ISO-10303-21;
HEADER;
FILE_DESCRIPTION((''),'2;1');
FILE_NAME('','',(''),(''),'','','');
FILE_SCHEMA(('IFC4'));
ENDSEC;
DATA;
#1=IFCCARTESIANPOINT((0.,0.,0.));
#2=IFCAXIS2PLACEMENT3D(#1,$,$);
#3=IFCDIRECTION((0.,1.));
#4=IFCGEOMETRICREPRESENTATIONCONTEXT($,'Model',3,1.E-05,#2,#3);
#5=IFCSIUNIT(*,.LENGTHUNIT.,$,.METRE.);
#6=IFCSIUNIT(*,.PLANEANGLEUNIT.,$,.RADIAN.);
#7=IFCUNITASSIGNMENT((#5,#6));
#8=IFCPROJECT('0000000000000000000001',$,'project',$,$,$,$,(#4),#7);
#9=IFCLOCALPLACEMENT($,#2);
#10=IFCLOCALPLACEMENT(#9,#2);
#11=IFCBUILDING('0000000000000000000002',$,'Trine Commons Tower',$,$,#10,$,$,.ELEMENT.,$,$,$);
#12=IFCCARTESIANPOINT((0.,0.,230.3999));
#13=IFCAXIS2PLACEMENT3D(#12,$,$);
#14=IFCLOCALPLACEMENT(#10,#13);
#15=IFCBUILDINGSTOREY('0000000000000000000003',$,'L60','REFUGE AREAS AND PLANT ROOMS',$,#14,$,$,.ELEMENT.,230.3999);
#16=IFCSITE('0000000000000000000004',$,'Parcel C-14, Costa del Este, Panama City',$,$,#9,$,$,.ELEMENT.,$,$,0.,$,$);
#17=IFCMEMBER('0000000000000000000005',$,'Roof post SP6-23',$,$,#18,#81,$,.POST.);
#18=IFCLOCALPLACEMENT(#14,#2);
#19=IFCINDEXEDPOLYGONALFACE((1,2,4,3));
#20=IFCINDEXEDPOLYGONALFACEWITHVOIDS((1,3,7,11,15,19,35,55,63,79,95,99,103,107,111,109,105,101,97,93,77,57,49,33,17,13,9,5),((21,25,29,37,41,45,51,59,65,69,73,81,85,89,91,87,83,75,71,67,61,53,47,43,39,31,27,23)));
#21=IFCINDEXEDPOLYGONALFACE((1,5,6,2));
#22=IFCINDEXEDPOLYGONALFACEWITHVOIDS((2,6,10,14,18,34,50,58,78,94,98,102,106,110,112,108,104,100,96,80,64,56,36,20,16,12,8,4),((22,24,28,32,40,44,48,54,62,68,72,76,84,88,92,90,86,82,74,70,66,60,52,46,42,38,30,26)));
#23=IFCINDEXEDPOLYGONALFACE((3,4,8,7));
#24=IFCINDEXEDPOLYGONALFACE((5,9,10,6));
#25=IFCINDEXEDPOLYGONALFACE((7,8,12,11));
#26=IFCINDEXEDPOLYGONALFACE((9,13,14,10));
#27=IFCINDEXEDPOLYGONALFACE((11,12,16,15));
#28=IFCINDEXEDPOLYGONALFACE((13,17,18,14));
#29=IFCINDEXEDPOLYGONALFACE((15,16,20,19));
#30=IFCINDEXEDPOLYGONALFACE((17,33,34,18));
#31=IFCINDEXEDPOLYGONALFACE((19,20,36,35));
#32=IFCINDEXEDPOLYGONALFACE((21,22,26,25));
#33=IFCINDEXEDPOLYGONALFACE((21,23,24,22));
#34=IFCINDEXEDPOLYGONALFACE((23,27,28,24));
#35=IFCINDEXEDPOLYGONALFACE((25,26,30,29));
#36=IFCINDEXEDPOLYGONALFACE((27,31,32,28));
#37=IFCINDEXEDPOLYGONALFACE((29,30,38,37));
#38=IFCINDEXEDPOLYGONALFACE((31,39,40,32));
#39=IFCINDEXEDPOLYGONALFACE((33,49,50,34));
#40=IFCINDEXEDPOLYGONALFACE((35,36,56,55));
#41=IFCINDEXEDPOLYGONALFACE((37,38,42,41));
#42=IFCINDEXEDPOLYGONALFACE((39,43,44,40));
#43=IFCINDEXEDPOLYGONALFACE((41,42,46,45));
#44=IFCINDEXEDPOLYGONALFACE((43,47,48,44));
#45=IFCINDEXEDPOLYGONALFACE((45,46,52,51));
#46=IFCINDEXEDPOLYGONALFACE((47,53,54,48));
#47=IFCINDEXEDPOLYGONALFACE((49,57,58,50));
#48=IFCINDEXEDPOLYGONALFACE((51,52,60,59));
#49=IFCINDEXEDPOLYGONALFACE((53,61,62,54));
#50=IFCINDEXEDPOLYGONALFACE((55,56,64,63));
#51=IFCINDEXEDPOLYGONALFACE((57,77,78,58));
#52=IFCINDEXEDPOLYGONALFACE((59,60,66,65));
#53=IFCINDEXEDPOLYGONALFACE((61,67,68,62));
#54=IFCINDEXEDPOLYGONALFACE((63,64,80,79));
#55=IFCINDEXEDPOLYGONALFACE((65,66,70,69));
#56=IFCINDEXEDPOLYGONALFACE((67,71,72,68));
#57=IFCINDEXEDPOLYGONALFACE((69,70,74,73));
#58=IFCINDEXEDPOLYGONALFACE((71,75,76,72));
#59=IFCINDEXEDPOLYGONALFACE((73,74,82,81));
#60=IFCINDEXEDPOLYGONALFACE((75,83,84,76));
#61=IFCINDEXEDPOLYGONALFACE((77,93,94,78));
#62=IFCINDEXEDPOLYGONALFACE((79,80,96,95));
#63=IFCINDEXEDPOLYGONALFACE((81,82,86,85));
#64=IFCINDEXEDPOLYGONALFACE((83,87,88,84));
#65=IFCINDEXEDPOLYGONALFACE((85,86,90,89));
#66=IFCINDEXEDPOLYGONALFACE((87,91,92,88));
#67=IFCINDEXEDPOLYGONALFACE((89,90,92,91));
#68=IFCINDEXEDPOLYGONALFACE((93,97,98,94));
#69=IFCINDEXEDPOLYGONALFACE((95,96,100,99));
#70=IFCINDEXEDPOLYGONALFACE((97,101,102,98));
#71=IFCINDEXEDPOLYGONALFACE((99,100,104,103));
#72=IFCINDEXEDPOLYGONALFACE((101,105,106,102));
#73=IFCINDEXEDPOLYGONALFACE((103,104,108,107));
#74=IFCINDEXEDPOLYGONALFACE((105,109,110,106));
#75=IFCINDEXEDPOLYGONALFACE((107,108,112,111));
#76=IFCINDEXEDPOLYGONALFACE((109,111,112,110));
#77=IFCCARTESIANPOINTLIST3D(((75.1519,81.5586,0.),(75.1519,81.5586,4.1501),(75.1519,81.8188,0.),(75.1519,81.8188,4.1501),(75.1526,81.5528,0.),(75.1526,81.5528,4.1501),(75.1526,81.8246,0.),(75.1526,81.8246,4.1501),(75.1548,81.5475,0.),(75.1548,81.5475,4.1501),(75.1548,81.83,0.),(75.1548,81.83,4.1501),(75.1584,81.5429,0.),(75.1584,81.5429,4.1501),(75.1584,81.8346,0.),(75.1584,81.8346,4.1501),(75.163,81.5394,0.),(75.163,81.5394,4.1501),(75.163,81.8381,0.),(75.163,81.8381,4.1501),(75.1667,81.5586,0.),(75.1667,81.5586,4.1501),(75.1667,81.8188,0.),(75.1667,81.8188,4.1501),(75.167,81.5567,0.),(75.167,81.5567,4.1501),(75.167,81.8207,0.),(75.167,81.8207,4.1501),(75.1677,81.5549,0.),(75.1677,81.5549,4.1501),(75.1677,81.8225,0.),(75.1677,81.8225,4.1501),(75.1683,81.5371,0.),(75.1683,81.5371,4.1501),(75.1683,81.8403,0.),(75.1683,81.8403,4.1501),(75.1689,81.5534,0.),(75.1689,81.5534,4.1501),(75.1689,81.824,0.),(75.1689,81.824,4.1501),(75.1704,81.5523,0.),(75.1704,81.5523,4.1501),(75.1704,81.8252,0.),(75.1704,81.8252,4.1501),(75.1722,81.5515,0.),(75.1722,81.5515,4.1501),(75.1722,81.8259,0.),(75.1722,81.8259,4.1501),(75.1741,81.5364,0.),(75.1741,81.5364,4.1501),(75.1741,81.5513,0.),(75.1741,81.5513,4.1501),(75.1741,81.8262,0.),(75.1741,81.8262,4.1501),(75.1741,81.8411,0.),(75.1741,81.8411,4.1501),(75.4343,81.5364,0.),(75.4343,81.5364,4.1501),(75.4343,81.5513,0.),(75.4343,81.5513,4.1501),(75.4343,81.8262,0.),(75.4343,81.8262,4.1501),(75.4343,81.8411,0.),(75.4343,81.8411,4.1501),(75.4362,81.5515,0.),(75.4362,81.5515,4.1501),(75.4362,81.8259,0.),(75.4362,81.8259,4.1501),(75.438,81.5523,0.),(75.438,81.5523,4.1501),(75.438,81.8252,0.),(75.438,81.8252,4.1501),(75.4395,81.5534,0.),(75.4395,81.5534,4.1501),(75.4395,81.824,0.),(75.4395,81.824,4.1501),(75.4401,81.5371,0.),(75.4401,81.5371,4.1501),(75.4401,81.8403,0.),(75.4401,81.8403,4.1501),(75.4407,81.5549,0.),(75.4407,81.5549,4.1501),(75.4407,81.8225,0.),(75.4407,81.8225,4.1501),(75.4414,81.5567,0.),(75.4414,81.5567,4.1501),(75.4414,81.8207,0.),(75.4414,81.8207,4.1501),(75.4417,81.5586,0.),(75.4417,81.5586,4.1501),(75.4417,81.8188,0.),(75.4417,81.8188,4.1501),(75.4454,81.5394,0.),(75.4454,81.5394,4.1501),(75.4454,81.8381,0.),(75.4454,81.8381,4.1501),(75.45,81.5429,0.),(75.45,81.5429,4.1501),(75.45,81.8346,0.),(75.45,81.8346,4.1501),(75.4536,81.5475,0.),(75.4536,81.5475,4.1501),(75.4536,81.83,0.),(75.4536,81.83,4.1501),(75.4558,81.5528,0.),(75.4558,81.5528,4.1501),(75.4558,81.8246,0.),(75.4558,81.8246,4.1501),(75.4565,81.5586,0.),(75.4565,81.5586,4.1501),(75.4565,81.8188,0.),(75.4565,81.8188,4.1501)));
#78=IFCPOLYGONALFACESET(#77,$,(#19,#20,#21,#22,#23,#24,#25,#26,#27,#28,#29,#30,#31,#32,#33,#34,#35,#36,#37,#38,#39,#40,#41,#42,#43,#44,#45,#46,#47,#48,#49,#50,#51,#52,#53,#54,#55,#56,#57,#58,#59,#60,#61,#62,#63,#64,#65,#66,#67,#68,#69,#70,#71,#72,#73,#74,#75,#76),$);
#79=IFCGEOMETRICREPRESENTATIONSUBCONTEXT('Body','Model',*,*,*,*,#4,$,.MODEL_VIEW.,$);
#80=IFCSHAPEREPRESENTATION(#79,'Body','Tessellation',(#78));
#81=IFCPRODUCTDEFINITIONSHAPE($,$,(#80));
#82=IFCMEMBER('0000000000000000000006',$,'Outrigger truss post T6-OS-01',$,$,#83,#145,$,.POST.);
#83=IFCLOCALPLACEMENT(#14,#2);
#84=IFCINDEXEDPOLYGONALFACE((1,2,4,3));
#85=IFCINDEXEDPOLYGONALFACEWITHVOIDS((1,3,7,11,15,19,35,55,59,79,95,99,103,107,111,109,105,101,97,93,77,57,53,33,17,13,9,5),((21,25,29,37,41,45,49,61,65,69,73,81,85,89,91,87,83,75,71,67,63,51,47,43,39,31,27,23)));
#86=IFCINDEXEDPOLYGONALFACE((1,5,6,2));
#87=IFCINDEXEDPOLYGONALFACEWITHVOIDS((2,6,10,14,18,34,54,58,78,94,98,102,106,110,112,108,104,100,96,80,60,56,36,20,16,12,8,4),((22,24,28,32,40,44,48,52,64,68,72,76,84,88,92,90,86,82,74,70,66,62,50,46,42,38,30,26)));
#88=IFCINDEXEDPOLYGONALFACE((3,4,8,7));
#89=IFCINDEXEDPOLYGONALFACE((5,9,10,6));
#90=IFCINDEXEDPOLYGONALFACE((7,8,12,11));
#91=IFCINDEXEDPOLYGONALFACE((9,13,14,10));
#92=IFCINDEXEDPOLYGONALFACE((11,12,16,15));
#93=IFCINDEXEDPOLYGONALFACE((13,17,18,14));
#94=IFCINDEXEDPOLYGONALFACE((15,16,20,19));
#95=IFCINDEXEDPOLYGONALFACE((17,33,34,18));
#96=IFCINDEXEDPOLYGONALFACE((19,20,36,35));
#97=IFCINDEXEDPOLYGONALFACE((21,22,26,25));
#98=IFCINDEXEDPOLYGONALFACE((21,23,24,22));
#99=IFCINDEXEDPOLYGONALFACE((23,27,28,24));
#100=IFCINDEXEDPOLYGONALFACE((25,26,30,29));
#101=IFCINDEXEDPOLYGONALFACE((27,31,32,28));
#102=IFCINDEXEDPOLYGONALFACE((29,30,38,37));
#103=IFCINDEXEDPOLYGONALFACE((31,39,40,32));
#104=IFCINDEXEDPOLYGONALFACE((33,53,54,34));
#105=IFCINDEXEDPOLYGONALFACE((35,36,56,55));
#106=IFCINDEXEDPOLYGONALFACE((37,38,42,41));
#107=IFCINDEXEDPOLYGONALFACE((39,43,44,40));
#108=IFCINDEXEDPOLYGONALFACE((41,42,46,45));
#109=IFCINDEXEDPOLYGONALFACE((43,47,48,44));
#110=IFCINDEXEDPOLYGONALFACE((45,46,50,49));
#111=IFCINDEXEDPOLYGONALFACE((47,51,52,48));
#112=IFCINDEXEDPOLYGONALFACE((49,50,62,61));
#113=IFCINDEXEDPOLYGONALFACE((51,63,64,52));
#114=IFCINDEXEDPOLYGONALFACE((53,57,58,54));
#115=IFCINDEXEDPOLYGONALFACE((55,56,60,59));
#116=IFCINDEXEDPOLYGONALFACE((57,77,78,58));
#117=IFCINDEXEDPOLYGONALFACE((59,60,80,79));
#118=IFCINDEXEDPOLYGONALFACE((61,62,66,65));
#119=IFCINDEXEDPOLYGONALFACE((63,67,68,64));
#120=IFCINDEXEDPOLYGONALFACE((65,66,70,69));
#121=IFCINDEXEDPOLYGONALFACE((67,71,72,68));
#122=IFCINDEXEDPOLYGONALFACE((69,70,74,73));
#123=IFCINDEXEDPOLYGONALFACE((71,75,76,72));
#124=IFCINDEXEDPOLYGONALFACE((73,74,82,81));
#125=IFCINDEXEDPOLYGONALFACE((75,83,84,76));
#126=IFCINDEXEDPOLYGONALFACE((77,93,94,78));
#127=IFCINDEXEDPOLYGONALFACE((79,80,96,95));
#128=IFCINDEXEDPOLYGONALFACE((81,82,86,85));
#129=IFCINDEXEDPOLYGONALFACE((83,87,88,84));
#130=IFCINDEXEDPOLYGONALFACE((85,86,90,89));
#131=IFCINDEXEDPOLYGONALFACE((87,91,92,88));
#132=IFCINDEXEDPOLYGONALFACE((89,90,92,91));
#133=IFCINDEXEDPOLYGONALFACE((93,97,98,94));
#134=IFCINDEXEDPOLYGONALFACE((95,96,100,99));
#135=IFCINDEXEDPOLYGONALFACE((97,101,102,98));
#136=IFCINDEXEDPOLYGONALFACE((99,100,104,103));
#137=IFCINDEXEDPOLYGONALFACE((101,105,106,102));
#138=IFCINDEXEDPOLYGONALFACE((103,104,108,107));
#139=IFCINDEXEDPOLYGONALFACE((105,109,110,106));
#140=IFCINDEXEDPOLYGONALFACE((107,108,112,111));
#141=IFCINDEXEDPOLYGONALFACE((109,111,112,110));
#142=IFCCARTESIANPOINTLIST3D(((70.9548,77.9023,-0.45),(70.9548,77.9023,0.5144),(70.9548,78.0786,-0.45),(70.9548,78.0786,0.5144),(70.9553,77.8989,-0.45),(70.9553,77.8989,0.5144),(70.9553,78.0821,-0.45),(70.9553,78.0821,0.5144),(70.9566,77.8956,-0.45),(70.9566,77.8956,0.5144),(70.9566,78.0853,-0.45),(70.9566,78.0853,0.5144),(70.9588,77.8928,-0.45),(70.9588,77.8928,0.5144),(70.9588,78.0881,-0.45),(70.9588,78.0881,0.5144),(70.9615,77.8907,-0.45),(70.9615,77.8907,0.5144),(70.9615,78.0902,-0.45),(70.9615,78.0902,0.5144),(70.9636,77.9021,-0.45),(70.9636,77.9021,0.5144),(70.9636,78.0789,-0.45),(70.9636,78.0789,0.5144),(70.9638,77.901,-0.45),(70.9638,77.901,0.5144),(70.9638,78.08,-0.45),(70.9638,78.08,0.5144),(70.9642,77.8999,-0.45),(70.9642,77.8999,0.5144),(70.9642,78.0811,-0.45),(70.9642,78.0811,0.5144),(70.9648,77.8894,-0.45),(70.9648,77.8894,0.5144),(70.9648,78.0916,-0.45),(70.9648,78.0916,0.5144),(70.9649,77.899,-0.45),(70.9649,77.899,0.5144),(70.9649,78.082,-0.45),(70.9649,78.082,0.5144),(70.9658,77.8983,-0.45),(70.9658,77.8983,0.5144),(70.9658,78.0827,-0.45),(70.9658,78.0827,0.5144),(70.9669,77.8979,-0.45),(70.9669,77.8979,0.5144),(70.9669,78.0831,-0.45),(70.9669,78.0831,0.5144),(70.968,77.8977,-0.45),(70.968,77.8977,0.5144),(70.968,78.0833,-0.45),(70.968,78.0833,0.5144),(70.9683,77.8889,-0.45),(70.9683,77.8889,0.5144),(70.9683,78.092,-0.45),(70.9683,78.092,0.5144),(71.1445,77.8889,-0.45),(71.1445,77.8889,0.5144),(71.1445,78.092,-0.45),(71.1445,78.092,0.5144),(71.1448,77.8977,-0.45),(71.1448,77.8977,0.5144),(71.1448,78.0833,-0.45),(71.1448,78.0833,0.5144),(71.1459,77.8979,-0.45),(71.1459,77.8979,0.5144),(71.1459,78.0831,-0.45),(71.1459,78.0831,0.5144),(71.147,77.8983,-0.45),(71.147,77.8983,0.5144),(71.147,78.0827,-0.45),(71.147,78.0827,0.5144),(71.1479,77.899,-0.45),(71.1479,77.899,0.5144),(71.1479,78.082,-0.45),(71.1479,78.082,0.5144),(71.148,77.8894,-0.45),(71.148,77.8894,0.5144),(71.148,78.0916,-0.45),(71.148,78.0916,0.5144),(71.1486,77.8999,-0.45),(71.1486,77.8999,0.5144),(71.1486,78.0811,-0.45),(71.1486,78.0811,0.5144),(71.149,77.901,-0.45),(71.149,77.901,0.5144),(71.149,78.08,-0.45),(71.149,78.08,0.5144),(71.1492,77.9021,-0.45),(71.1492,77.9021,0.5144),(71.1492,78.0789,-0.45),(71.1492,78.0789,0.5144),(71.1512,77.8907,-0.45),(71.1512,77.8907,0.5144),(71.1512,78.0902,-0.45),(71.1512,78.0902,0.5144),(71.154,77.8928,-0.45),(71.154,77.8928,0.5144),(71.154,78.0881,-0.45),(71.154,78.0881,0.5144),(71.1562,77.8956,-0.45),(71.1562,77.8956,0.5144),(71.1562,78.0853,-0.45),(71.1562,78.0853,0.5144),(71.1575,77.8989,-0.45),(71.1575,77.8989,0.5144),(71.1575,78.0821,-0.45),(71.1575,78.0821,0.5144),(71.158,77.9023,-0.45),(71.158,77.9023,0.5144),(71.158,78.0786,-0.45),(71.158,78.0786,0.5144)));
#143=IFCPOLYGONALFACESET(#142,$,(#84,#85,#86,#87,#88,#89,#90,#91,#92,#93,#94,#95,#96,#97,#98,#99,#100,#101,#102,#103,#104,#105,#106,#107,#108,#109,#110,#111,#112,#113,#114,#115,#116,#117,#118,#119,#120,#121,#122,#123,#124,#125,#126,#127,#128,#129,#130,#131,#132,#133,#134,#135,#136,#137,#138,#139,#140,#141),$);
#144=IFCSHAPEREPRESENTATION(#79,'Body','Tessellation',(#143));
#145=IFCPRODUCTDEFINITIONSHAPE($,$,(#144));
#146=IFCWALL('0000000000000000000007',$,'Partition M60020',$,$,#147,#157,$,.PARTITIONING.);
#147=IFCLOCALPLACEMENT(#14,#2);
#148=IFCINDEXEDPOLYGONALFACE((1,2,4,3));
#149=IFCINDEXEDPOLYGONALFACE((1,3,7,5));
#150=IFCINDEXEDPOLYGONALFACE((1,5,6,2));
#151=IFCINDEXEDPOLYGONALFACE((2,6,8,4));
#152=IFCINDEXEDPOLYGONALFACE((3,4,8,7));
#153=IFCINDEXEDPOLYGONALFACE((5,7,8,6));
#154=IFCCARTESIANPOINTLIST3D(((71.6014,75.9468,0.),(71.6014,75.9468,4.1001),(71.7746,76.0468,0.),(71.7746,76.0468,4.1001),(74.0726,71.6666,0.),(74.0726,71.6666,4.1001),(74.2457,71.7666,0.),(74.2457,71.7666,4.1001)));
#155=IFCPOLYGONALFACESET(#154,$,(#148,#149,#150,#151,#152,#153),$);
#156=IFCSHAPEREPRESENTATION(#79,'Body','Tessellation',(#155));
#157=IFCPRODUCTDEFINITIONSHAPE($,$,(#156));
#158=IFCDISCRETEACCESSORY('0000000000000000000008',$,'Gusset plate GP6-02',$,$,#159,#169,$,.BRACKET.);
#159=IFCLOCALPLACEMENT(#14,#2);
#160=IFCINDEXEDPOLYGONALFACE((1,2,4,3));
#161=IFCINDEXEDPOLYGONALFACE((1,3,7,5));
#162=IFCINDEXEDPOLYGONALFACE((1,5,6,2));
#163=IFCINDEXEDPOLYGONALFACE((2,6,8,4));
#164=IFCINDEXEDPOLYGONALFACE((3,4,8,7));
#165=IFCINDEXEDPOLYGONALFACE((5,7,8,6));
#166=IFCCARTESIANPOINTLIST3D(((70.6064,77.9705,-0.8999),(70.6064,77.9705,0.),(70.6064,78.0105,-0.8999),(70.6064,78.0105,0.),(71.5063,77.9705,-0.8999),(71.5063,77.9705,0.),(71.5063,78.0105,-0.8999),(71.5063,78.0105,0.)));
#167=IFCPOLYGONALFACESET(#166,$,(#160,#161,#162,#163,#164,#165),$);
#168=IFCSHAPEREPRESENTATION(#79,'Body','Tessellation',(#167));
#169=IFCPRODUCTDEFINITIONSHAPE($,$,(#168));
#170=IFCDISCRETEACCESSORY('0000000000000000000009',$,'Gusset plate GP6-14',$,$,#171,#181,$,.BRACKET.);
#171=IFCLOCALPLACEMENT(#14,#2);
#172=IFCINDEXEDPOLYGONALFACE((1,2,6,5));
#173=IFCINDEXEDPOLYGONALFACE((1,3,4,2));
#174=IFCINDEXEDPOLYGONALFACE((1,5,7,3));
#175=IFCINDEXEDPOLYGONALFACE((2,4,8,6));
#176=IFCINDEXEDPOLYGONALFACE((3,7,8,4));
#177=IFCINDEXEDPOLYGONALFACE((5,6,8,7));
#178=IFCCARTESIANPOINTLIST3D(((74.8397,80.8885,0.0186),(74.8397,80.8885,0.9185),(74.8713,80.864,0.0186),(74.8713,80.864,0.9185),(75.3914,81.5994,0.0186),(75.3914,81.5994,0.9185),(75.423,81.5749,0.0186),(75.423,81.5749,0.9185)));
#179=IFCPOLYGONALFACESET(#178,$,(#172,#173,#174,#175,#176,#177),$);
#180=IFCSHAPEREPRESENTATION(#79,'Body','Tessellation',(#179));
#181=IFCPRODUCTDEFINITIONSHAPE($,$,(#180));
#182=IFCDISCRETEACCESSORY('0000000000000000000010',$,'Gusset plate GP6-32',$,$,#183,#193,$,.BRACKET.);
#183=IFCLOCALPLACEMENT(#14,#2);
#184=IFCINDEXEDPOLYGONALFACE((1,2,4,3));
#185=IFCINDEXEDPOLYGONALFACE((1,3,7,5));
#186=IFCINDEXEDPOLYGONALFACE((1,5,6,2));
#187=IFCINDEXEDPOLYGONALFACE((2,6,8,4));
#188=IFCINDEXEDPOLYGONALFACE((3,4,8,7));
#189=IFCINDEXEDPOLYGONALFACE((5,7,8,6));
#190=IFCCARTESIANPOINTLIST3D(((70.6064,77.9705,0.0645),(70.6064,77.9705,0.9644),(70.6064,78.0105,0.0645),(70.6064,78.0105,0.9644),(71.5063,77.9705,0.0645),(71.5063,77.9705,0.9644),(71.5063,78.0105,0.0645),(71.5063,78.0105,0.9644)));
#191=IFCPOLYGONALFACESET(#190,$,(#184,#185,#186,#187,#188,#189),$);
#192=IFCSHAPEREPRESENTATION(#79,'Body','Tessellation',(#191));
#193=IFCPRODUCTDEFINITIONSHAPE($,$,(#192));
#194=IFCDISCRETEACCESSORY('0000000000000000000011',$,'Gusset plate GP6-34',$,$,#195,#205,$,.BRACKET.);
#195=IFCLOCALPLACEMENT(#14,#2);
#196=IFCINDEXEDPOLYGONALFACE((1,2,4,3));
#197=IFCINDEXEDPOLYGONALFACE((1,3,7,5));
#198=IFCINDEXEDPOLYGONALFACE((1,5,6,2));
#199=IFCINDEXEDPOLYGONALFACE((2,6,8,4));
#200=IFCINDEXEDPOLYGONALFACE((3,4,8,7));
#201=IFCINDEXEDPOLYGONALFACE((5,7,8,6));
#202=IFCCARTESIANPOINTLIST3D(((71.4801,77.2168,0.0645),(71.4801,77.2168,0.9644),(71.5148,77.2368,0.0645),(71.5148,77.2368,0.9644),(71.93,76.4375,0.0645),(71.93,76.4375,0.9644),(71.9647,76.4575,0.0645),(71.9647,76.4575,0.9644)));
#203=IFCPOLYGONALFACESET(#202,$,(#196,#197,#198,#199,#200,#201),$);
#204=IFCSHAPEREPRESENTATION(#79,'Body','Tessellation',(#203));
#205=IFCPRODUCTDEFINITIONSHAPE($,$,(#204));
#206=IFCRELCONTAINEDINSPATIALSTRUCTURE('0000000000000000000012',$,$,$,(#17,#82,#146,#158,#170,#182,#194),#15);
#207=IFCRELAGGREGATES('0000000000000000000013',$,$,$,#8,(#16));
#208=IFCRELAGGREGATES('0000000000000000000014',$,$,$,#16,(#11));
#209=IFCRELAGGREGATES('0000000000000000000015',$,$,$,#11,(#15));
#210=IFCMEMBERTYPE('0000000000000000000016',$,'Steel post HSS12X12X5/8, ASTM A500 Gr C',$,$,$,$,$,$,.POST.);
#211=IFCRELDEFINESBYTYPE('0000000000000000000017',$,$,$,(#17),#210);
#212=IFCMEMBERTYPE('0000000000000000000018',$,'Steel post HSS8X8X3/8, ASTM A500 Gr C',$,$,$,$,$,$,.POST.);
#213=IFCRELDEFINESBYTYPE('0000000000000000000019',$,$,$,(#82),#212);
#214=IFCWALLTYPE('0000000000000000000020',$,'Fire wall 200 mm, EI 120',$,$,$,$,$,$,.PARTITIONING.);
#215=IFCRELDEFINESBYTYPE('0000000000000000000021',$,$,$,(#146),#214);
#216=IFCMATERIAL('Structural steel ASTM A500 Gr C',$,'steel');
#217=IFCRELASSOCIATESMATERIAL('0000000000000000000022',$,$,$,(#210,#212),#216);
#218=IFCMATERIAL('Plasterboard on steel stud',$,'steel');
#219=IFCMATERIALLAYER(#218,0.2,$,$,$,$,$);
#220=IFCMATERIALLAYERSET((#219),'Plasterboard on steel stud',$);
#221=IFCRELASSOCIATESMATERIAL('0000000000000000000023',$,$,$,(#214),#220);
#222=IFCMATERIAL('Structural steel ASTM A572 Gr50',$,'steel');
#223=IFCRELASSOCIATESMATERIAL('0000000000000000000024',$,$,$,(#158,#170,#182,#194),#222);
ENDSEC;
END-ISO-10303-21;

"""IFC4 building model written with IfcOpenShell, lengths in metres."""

from ifc_helpers import new_model, si_unit, direction, frame, frame_2d, origin, origin_2d, place, context, subcontext, project, spatial, rectangle, hollow_rectangle, extrude, material, layer, layer_set, material_profile, profile_set, type_object, element, save


model = new_model("IFC4")

# Units and contexts
model_context = context("Model", 3, precision=1e-05, world=origin(), true_north=direction((0.0, 1.0)))
body_context = subcontext(model_context, "Body", "Model", "MODEL_VIEW")
ifc_project = project(units=[si_unit("LENGTHUNIT", "METRE"), si_unit("PLANEANGLEUNIT", "RADIAN")], contexts=[model_context])

# Site, building, storey
site_placement = place(None, origin())
site = spatial("IfcSite", under=ifc_project, at=site_placement, Name="Parcel C-14, Costa del Este, Panama City", CompositionType="ELEMENT", RefElevation=0.0)
building_placement = place(site_placement, origin())
building = spatial("IfcBuilding", under=site, at=building_placement, Name="Trine Commons Tower", CompositionType="ELEMENT")
storey_placement = place(building_placement, frame((0.0, 0.0, 230.3999)))
storey = spatial("IfcBuildingStorey", under=building, at=storey_placement, Name="L60", Description="REFUGE AREAS AND PLANT ROOMS", CompositionType="ELEMENT", Elevation=230.3999)

# Members
ifc_material_1 = material(Name="Structural steel ASTM A500 Gr C", Category="steel")
ifc_material_profile_1 = material_profile(ifc_material_1, hollow_rectangle(XDim=0.3047, YDim=0.3047, WallThickness=0.0149, InnerFilletRadius=0.0073, OuterFilletRadius=0.0222, at=origin_2d()), Name="HSS12X12X5/8")
ifc_profile_set_1 = profile_set([ifc_material_profile_1], Name="Structural steel ASTM A500 Gr C")
member_type_1 = type_object("IfcMemberType", Name="Steel post HSS12X12X5/8, ASTM A500 Gr C", PredefinedType="POST", material=ifc_profile_set_1)
member_1_placement = place(storey_placement, frame((75.3042, 81.6887, 0.0), z_axis=(0.0, 0.0, 1.0), x_axis=(1.0, 0.0, 0.0)))
element("IfcMember", 1, at=member_1_placement, inside=storey, type_object=member_type_1, Name="Roof post SP6-23", PredefinedType="POST", context=body_context, shape_type="SweptSolid", body=[
    extrude(hollow_rectangle(XDim=0.3047, YDim=0.3047, WallThickness=0.0149, InnerFilletRadius=0.0073, OuterFilletRadius=0.0222, at=origin_2d()), origin(), (0.0, 0.0, 1.0), 4.1501),
])
ifc_material_profile_2 = material_profile(ifc_material_1, hollow_rectangle(XDim=0.2031, YDim=0.2031, WallThickness=0.0088, InnerFilletRadius=0.0044, OuterFilletRadius=0.0134, at=origin_2d()), Name="HSS8X8X3/8")
ifc_profile_set_2 = profile_set([ifc_material_profile_2], Name="Structural steel ASTM A500 Gr C")
member_type_2 = type_object("IfcMemberType", Name="Steel post HSS8X8X3/8, ASTM A500 Gr C", PredefinedType="POST", material=ifc_profile_set_2)
member_2_placement = place(storey_placement, frame((71.0564, 77.9905, -0.45), z_axis=(0.0, 0.0, 1.0), x_axis=(1.0, 0.0, 0.0)))
element("IfcMember", 2, at=member_2_placement, inside=storey, type_object=member_type_2, Name="Outrigger truss post T6-OS-01", PredefinedType="POST", context=body_context, shape_type="SweptSolid", body=[
    extrude(hollow_rectangle(XDim=0.2031, YDim=0.2031, WallThickness=0.0088, InnerFilletRadius=0.0044, OuterFilletRadius=0.0134, at=origin_2d()), origin(), (0.0, 0.0, 1.0), 0.9644),
])

# Wall
ifc_material_2 = material(Name="Plasterboard on steel stud", Category="steel")
ifc_layer_1 = layer(ifc_material_2, 0.2)
ifc_layer_set_1 = layer_set([ifc_layer_1], Name="Plasterboard on steel stud")
wall_type_1 = type_object("IfcWallType", Name="Fire wall 200 mm, EI 120", PredefinedType="PARTITIONING", material=ifc_layer_set_1)
wall_1_placement = place(storey_placement, frame((71.688, 75.9968, 0.0), z_axis=(0.0, 0.0, 1.0), x_axis=(0.499996, -0.866028, 0.0)))
element("IfcWall", 3, at=wall_1_placement, inside=storey, type_object=wall_type_1, Name="Partition M60020", PredefinedType="PARTITIONING", context=body_context, shape_type="SweptSolid", body=[
    extrude(rectangle(XDim=4.9424, YDim=0.2, at=frame_2d((2.4712, 0.0))), origin(), (0.0, 0.0, 1.0), 4.1001),
])

# Discrete accessories
ifc_material_3 = material(Name="Structural steel ASTM A572 Gr50", Category="steel")
for number, where, z_axis, x_axis, name in (
    (4, (71.0564, 77.9905, -0.8999), (0.0, 0.0, 1.0), (1.0, 0.0, 0.0), "Gusset plate GP6-02"),
    (5, (75.1313, 81.2317, 0.0186), (0.0, 0.0, 1.0), (-0.613114, -0.789995, 0.0), "Gusset plate GP6-14"),
    (6, (71.0564, 77.9905, 0.0645), (0.0, 0.0, 1.0), (1.0, 0.0, 0.0), "Gusset plate GP6-32"),
    (7, (71.7224, 76.8372, 0.0645), (0.0, 0.0, 1.0), (-0.499955, 0.866052, 0.0), "Gusset plate GP6-34"),
):
    element("IfcDiscreteAccessory", number, at=place(storey_placement, frame(where, z_axis=z_axis, x_axis=x_axis)), inside=storey, material=ifc_material_3, Name=name, PredefinedType="BRACKET", context=body_context, shape_type="SweptSolid", body=[
        extrude(rectangle(XDim=0.8999, YDim=0.04, at=origin_2d()), origin(), (0.0, 0.0, 1.0), 0.8999),
    ])

save(model, "model.ifc")
